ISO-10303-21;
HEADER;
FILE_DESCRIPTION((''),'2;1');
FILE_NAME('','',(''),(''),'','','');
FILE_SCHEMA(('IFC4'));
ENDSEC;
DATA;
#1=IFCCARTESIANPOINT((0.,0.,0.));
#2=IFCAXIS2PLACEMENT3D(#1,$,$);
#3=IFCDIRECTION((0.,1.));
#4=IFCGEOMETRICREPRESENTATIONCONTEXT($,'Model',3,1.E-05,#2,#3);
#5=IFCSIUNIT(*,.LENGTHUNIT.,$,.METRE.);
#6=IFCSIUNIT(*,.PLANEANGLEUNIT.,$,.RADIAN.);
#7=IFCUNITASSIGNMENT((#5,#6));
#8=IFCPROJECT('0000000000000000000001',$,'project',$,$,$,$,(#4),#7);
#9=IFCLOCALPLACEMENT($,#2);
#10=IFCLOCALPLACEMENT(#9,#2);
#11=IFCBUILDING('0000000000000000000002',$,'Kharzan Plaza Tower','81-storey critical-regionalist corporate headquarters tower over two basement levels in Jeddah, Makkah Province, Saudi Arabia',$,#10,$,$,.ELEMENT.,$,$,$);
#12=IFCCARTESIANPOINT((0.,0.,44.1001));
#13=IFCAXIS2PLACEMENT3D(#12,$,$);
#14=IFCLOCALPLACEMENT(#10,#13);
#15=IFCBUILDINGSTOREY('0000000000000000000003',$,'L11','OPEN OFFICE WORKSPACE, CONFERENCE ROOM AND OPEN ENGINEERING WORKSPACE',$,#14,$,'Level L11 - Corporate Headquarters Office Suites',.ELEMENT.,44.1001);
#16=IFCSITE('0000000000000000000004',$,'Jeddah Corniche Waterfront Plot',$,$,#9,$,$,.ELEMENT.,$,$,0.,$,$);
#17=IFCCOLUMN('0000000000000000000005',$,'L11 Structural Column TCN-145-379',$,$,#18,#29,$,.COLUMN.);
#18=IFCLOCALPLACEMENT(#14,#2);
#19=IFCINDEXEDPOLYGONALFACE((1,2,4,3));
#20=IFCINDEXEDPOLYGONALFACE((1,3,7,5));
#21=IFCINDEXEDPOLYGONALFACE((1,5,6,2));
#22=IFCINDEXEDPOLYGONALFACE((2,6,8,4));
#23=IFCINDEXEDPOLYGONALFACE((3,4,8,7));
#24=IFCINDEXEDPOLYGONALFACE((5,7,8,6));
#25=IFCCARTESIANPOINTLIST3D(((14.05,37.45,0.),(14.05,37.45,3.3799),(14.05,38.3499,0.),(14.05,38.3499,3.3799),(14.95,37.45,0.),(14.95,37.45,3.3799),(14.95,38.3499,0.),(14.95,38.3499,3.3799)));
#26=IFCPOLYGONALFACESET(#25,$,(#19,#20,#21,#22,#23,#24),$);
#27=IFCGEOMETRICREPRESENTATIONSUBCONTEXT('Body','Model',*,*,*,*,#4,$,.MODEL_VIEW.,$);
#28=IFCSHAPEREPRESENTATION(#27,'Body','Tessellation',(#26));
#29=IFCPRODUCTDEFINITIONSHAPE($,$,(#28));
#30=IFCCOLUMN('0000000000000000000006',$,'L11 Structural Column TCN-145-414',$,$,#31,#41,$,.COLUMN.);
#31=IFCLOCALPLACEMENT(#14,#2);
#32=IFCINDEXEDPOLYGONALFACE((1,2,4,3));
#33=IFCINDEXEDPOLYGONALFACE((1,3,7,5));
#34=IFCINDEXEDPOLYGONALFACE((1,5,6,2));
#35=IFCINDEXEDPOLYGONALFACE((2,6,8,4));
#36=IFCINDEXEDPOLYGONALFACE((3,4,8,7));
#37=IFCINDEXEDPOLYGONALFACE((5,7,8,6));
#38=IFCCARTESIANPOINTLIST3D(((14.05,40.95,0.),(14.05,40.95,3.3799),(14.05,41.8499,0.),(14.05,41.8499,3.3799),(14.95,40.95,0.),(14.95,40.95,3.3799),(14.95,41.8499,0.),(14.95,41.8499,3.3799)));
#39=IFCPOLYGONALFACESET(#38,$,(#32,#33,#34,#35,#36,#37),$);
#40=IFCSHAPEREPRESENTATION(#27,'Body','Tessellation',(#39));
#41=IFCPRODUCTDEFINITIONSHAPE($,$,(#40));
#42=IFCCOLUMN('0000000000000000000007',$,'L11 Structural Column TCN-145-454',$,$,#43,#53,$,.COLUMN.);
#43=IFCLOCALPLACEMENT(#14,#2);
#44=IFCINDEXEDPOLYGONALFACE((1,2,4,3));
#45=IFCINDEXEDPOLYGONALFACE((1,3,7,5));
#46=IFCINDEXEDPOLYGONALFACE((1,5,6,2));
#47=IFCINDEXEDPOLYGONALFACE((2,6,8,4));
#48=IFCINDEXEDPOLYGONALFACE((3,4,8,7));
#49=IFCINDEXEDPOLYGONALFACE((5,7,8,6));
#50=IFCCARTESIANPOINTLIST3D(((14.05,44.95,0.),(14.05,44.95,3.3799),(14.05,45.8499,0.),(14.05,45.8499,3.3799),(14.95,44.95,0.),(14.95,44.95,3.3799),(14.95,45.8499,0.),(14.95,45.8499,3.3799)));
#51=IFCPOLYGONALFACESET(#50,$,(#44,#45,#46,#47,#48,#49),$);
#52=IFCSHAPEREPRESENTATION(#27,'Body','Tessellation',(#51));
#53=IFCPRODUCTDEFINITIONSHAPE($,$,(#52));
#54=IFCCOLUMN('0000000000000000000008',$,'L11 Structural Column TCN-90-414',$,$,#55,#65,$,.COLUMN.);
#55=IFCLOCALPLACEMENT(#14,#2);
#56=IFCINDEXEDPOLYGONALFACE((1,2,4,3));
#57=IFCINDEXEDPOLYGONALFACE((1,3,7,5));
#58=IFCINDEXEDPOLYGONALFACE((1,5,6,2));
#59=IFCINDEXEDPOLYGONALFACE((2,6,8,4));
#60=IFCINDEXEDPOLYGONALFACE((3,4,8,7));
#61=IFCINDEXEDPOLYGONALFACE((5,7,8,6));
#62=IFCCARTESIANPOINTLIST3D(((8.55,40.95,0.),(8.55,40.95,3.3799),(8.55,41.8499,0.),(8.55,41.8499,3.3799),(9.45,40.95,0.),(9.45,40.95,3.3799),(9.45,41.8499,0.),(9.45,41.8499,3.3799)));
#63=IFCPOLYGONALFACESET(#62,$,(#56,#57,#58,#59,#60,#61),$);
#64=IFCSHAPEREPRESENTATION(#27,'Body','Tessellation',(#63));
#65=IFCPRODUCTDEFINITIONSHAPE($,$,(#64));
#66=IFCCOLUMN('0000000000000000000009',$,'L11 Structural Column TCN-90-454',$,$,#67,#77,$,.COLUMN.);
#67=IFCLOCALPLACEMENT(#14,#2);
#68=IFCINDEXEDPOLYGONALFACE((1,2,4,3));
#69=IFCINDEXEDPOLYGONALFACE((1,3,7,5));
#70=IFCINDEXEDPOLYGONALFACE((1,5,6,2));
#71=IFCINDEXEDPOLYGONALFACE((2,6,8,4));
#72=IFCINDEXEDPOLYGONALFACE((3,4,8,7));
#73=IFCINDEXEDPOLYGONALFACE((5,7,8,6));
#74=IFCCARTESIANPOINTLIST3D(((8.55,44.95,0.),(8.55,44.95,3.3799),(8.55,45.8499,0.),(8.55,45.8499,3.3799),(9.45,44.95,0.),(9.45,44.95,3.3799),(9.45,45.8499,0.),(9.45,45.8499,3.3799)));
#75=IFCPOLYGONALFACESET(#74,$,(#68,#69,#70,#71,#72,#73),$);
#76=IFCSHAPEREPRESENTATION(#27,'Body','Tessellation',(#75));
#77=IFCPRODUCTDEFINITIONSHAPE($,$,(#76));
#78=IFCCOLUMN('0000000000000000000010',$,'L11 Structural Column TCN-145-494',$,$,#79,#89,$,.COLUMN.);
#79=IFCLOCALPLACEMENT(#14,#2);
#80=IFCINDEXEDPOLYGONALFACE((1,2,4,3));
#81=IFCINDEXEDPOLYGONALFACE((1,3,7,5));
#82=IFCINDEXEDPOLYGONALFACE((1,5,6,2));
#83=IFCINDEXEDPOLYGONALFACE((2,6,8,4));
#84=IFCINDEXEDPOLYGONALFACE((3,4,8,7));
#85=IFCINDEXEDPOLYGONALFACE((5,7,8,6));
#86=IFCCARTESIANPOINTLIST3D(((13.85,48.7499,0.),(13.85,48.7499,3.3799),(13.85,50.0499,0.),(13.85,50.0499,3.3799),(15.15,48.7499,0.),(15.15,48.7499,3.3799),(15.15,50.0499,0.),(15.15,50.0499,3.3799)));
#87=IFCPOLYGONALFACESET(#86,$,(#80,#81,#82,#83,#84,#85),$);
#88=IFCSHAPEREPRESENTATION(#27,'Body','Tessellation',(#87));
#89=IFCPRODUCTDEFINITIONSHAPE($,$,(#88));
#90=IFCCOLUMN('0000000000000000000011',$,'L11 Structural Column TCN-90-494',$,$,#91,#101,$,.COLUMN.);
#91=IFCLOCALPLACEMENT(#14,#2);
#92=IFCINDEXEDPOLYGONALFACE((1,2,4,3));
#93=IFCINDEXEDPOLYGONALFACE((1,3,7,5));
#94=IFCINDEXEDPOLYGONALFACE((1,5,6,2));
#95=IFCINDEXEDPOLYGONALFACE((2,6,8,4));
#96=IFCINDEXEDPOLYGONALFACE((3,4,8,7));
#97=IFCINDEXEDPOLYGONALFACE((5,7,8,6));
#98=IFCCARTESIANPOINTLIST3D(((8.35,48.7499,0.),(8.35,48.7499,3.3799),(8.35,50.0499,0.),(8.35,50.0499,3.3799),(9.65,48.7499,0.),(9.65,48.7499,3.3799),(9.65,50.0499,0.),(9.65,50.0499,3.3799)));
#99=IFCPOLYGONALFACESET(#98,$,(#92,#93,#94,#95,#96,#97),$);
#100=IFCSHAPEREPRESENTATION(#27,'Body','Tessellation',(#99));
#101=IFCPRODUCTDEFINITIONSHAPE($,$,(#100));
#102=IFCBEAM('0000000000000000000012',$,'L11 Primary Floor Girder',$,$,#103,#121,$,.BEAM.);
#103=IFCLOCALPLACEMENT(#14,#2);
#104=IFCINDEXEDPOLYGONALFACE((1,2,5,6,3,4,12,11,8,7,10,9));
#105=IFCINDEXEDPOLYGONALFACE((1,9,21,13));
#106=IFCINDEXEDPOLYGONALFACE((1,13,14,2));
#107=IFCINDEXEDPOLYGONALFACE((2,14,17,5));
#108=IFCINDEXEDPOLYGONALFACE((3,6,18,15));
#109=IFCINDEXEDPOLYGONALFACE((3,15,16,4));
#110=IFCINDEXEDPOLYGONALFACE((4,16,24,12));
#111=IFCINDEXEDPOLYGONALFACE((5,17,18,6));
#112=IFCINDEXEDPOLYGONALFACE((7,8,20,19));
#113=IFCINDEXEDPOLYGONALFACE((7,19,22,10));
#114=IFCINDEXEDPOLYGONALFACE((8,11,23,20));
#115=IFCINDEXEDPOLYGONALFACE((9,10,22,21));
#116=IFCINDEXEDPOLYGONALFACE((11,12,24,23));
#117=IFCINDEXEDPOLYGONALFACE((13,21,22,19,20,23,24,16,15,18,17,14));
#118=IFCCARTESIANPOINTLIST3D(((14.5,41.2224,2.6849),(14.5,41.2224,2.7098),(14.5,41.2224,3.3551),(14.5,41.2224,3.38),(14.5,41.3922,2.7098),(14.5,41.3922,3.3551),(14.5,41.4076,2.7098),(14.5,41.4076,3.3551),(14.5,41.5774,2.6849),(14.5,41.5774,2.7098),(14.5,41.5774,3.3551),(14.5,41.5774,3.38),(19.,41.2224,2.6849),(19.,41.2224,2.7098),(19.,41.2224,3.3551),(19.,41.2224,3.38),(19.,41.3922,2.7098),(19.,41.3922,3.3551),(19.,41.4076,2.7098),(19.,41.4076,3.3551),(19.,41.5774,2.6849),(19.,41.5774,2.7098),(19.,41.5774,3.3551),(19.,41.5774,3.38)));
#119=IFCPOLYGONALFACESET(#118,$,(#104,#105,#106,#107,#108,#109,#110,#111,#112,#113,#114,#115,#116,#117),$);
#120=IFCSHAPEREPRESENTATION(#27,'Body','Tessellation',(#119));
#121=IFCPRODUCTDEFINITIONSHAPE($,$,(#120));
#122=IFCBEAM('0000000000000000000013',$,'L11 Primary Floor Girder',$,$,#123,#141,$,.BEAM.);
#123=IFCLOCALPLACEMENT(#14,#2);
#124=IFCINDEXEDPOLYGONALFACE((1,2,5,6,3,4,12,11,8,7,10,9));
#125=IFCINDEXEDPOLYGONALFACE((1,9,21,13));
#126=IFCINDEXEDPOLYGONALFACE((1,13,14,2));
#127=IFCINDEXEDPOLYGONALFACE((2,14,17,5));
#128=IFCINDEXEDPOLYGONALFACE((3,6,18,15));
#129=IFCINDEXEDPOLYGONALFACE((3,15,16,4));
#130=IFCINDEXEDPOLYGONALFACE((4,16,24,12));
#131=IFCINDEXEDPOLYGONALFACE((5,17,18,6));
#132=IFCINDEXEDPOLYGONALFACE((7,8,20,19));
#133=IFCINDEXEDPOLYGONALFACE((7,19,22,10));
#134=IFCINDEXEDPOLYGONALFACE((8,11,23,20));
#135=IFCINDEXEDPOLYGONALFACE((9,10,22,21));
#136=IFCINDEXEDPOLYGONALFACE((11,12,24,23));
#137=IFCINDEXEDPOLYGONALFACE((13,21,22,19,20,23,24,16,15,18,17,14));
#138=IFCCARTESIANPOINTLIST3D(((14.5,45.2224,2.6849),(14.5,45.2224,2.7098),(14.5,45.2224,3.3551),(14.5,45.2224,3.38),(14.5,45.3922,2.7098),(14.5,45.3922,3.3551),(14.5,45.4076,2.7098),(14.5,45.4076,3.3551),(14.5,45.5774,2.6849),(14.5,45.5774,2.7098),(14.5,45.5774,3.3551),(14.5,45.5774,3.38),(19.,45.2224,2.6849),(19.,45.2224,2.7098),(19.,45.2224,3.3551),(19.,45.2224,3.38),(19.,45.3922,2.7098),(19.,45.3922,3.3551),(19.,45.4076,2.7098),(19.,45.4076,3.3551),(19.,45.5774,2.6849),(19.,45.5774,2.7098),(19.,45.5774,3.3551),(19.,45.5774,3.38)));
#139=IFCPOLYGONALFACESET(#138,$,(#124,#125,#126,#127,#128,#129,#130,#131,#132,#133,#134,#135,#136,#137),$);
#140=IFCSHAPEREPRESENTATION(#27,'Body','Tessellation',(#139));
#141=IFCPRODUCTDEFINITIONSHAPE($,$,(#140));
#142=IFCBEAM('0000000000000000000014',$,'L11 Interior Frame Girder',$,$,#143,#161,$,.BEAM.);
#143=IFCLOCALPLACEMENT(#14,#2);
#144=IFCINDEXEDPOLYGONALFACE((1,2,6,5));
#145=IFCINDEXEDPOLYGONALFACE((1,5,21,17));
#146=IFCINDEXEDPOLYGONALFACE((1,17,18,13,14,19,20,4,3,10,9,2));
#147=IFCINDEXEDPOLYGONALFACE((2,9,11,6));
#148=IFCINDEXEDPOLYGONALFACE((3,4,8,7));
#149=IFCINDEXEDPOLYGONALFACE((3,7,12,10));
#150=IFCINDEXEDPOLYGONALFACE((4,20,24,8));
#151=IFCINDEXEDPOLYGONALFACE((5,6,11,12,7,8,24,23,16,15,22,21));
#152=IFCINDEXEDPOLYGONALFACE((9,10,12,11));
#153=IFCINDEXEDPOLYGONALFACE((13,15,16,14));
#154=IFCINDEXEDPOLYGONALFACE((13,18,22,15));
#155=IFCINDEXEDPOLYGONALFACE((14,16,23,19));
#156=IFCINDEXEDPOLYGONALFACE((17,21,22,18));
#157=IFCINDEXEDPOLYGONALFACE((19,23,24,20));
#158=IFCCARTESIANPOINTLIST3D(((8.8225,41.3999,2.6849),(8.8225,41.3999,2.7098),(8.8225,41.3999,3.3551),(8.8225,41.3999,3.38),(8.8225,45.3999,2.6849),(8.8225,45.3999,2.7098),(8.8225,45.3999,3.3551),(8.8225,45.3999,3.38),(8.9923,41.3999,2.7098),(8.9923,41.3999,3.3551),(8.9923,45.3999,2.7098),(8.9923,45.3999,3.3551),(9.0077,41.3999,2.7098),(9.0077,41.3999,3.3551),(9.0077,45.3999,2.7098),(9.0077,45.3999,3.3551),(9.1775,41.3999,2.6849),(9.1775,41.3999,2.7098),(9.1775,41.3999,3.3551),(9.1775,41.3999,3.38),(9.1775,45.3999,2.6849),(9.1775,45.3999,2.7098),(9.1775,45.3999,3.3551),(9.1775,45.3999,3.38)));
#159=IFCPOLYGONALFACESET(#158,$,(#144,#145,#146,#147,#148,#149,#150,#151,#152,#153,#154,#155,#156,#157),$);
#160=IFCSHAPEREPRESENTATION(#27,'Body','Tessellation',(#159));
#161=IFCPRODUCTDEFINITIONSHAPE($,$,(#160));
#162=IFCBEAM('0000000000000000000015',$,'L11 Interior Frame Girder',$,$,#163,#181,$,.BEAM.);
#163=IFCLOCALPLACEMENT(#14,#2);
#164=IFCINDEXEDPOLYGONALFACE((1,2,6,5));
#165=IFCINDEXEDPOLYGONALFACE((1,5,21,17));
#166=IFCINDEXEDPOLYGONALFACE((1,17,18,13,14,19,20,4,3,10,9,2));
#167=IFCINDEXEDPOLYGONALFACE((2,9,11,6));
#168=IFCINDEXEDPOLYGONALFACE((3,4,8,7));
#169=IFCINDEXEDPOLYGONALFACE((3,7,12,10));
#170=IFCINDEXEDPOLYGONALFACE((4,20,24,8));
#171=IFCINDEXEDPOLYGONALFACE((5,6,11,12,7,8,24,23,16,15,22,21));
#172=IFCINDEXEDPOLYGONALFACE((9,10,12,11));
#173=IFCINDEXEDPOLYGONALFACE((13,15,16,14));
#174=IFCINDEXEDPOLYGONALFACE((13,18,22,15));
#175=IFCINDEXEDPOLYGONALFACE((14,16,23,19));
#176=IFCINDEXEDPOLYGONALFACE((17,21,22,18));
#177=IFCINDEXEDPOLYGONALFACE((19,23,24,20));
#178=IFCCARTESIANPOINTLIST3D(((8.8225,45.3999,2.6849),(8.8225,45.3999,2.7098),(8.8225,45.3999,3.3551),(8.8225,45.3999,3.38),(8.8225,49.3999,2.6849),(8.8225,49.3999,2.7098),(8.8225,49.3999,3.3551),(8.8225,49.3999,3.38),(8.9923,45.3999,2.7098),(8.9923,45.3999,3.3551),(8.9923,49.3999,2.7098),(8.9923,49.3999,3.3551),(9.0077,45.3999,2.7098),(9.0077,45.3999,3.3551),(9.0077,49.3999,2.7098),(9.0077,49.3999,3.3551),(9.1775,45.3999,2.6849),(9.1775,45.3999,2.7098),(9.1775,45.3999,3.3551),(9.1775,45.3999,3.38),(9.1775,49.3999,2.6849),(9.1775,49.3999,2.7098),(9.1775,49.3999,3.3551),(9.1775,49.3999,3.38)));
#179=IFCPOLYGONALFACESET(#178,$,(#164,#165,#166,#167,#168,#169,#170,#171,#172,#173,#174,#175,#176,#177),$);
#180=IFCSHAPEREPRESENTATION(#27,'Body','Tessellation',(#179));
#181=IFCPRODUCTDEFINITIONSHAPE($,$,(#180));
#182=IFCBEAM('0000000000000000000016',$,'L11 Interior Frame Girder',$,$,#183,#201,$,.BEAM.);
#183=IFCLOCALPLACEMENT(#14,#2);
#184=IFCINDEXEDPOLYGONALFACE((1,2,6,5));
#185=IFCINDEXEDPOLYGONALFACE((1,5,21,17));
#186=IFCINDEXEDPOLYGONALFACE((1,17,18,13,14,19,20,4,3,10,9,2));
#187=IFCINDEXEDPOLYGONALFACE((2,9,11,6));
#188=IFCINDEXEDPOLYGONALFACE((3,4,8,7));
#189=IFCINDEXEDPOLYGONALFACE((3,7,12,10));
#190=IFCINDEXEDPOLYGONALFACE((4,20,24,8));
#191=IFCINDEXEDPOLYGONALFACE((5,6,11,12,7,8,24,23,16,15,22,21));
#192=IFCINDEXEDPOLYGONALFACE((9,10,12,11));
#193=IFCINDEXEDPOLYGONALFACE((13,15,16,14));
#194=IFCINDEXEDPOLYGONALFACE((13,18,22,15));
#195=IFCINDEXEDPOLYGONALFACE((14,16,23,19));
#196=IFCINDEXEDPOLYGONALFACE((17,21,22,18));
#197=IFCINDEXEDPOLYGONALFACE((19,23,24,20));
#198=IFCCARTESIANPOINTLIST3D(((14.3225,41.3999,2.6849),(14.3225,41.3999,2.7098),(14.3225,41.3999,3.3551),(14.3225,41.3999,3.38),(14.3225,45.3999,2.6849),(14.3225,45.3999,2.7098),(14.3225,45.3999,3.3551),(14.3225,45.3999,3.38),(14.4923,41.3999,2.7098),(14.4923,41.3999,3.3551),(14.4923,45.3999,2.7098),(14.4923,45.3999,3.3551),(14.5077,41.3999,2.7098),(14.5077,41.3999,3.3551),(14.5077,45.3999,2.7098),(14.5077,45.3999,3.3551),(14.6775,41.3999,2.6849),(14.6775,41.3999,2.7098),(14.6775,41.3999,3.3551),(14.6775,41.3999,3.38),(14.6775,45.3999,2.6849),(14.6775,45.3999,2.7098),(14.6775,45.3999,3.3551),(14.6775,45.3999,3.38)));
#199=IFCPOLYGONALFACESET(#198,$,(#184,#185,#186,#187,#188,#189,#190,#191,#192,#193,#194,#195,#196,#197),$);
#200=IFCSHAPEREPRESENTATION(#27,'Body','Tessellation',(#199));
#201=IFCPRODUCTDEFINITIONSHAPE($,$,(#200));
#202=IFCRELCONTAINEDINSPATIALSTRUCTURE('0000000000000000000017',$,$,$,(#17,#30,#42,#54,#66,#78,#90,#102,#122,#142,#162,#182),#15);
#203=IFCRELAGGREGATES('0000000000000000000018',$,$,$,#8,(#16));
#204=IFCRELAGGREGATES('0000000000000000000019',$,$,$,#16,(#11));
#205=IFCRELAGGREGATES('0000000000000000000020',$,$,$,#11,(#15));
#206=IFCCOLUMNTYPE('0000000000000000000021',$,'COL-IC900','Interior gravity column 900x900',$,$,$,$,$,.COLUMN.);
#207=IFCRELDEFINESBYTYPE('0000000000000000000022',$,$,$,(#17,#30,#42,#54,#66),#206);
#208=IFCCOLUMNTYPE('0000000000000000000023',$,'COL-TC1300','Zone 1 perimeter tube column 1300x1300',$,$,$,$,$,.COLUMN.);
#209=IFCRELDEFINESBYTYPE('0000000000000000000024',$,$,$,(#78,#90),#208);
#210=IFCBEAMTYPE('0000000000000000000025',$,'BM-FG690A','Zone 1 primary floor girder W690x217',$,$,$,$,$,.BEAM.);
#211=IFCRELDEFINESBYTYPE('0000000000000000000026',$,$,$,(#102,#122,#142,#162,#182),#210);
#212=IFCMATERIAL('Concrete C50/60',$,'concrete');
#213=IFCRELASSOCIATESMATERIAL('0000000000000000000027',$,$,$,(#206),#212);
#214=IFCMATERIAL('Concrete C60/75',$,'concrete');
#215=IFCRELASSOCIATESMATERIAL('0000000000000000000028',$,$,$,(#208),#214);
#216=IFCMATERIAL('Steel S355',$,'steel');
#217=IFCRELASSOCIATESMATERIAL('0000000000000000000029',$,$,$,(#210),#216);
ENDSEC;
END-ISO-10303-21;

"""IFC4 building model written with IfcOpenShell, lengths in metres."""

from ifc_helpers import new_model, si_unit, direction, frame, origin, origin_2d, place, context, subcontext, project, spatial, rectangle, i_section, extrude, source, transform, mapped, material, material_profile, profile_set, type_object, element, save


model = new_model("IFC4")

# Units and contexts
model_context = context("Model", 3, precision=1e-05, world=origin(), true_north=direction((0.0, 1.0)))
body_context = subcontext(model_context, "Body", "Model", "MODEL_VIEW")
ifc_project = project(units=[si_unit("LENGTHUNIT", "METRE"), si_unit("PLANEANGLEUNIT", "RADIAN")], contexts=[model_context])

# Site, building, storey
site_placement = place(None, origin())
site = spatial("IfcSite", under=ifc_project, at=site_placement, Name="Jeddah Corniche Waterfront Plot", CompositionType="ELEMENT", RefElevation=0.0)
building_placement = place(site_placement, origin())
building = spatial("IfcBuilding", under=site, at=building_placement, Name="Kharzan Plaza Tower", Description="81-storey critical-regionalist corporate headquarters tower over two basement levels in Jeddah, Makkah Province, Saudi Arabia", CompositionType="ELEMENT")
storey_placement = place(building_placement, frame((0.0, 0.0, 44.1001)))
storey = spatial("IfcBuildingStorey", under=building, at=storey_placement, Name="L11", Description="OPEN OFFICE WORKSPACE, CONFERENCE ROOM AND OPEN ENGINEERING WORKSPACE", LongName="Level L11 - Corporate Headquarters Office Suites", CompositionType="ELEMENT", Elevation=44.1001)

# Columns
ifc_material_1 = material(Name="Concrete C50/60", Category="concrete")
ifc_material_profile_1 = material_profile(ifc_material_1, rectangle(XDim=0.8999, YDim=0.8999, at=origin_2d()), Name="RC-IC900x900")
ifc_profile_set_1 = profile_set([ifc_material_profile_1], Name="Concrete C50/60")
column_type_1 = type_object("IfcColumnType", Name="COL-IC900", Description="Interior gravity column 900x900", PredefinedType="COLUMN", material=ifc_profile_set_1)
shared_shape_1 = source(origin(), body_context, "Body", "SweptSolid", [
    extrude(rectangle(XDim=0.8999, YDim=0.8999, at=origin_2d()), origin(), (0.0, 0.0, 1.0), 3.3799),
])
for number, where, z_axis, x_axis, name in (
    (1, (14.5, 37.8999, 0.0), (0.0, 0.0, 1.0), (1.0, 0.0, 0.0), "L11 Structural Column TCN-145-379"),
    (2, (14.5, 41.3999, 0.0), (0.0, 0.0, 1.0), (1.0, 0.0, 0.0), "L11 Structural Column TCN-145-414"),
    (3, (14.5, 45.3999, 0.0), (0.0, 0.0, 1.0), (1.0, 0.0, 0.0), "L11 Structural Column TCN-145-454"),
    (4, (9.0, 41.3999, 0.0), (0.0, 0.0, 1.0), (1.0, 0.0, 0.0), "L11 Structural Column TCN-90-414"),
    (5, (9.0, 45.3999, 0.0), (0.0, 0.0, 1.0), (1.0, 0.0, 0.0), "L11 Structural Column TCN-90-454"),
):
    element("IfcColumn", number, at=place(storey_placement, frame(where, z_axis=z_axis, x_axis=x_axis)), inside=storey, type_object=column_type_1, Name=name, PredefinedType="COLUMN", context=body_context, shape_type="MappedRepresentation", body=[
        mapped(shared_shape_1, transform((0.0, 0.0, 0.0), x_axis=(1.0, 0.0, 0.0), y_axis=(0.0, 1.0, 0.0), z_axis=(0.0, 0.0, 1.0))),
    ])
ifc_material_2 = material(Name="Concrete C60/75", Category="concrete")
ifc_material_profile_2 = material_profile(ifc_material_2, rectangle(XDim=1.3, YDim=1.3, at=origin_2d()), Name="RC-TC1300x1300")
ifc_profile_set_2 = profile_set([ifc_material_profile_2], Name="Concrete C60/75")
column_type_2 = type_object("IfcColumnType", Name="COL-TC1300", Description="Zone 1 perimeter tube column 1300x1300", PredefinedType="COLUMN", material=ifc_profile_set_2)
shared_shape_2 = source(origin(), body_context, "Body", "SweptSolid", [
    extrude(rectangle(XDim=1.3, YDim=1.3, at=origin_2d()), origin(), (0.0, 0.0, 1.0), 3.3799),
])
for number, where, z_axis, x_axis, name in (
    (6, (14.5, 49.3999, 0.0), (0.0, 0.0, 1.0), (1.0, 0.0, 0.0), "L11 Structural Column TCN-145-494"),
    (7, (9.0, 49.3999, 0.0), (0.0, 0.0, 1.0), (1.0, 0.0, 0.0), "L11 Structural Column TCN-90-494"),
):
    element("IfcColumn", number, at=place(storey_placement, frame(where, z_axis=z_axis, x_axis=x_axis)), inside=storey, type_object=column_type_2, Name=name, PredefinedType="COLUMN", context=body_context, shape_type="MappedRepresentation", body=[
        mapped(shared_shape_2, transform((0.0, 0.0, 0.0), x_axis=(1.0, 0.0, 0.0), y_axis=(0.0, 1.0, 0.0), z_axis=(0.0, 0.0, 1.0))),
    ])

# Beams
ifc_material_3 = material(Name="Steel S355", Category="steel")
ifc_material_profile_3 = material_profile(ifc_material_3, i_section(OverallWidth=0.355, OverallDepth=0.6951, WebThickness=0.0154, FlangeThickness=0.0249, at=origin_2d()), Name="W690x217")
ifc_profile_set_3 = profile_set([ifc_material_profile_3], Name="Steel S355")
beam_type_1 = type_object("IfcBeamType", Name="BM-FG690A", Description="Zone 1 primary floor girder W690x217", PredefinedType="BEAM", material=ifc_profile_set_3)
shared_shape_3 = source(origin(), body_context, "Body", "SweptSolid", [
    extrude(i_section(OverallWidth=0.355, OverallDepth=0.6951, WebThickness=0.0154, FlangeThickness=0.0249, at=origin_2d()), origin(), (0.0, 0.0, 1.0), 4.5),
])
for number, where, z_axis, x_axis, name in (
    (8, (14.5, 41.3999, 3.0325), (1.0, 0.0, 0.0), (0.0, 1.0, 0.0), "L11 Primary Floor Girder"),
    (9, (14.5, 45.3999, 3.0325), (1.0, 0.0, 0.0), (0.0, 1.0, 0.0), "L11 Primary Floor Girder"),
):
    element("IfcBeam", number, at=place(storey_placement, frame(where, z_axis=z_axis, x_axis=x_axis)), inside=storey, type_object=beam_type_1, Name=name, PredefinedType="BEAM", context=body_context, shape_type="MappedRepresentation", body=[
        mapped(shared_shape_3, transform((0.0, 0.0, 0.0), x_axis=(1.0, 0.0, 0.0), y_axis=(0.0, 1.0, 0.0), z_axis=(0.0, 0.0, 1.0))),
    ])
shared_shape_4 = source(origin(), body_context, "Body", "SweptSolid", [
    extrude(i_section(OverallWidth=0.355, OverallDepth=0.6951, WebThickness=0.0154, FlangeThickness=0.0249, at=origin_2d()), origin(), (0.0, 0.0, 1.0), 4.0),
])
for number, where, z_axis, x_axis, name in (
    (10, (9.0, 41.3999, 3.0325), (0.0, 1.0, 0.0), (-1.0, 0.0, 0.0), "L11 Interior Frame Girder"),
    (11, (9.0, 45.3999, 3.0325), (0.0, 1.0, 0.0), (-1.0, 0.0, 0.0), "L11 Interior Frame Girder"),
    (12, (14.5, 41.3999, 3.0325), (0.0, 1.0, 0.0), (-1.0, 0.0, 0.0), "L11 Interior Frame Girder"),
):
    element("IfcBeam", number, at=place(storey_placement, frame(where, z_axis=z_axis, x_axis=x_axis)), inside=storey, type_object=beam_type_1, Name=name, PredefinedType="BEAM", context=body_context, shape_type="MappedRepresentation", body=[
        mapped(shared_shape_4, transform((0.0, 0.0, 0.0), x_axis=(1.0, 0.0, 0.0), y_axis=(0.0, 1.0, 0.0), z_axis=(0.0, 0.0, 1.0))),
    ])

save(model, "model.ifc")
